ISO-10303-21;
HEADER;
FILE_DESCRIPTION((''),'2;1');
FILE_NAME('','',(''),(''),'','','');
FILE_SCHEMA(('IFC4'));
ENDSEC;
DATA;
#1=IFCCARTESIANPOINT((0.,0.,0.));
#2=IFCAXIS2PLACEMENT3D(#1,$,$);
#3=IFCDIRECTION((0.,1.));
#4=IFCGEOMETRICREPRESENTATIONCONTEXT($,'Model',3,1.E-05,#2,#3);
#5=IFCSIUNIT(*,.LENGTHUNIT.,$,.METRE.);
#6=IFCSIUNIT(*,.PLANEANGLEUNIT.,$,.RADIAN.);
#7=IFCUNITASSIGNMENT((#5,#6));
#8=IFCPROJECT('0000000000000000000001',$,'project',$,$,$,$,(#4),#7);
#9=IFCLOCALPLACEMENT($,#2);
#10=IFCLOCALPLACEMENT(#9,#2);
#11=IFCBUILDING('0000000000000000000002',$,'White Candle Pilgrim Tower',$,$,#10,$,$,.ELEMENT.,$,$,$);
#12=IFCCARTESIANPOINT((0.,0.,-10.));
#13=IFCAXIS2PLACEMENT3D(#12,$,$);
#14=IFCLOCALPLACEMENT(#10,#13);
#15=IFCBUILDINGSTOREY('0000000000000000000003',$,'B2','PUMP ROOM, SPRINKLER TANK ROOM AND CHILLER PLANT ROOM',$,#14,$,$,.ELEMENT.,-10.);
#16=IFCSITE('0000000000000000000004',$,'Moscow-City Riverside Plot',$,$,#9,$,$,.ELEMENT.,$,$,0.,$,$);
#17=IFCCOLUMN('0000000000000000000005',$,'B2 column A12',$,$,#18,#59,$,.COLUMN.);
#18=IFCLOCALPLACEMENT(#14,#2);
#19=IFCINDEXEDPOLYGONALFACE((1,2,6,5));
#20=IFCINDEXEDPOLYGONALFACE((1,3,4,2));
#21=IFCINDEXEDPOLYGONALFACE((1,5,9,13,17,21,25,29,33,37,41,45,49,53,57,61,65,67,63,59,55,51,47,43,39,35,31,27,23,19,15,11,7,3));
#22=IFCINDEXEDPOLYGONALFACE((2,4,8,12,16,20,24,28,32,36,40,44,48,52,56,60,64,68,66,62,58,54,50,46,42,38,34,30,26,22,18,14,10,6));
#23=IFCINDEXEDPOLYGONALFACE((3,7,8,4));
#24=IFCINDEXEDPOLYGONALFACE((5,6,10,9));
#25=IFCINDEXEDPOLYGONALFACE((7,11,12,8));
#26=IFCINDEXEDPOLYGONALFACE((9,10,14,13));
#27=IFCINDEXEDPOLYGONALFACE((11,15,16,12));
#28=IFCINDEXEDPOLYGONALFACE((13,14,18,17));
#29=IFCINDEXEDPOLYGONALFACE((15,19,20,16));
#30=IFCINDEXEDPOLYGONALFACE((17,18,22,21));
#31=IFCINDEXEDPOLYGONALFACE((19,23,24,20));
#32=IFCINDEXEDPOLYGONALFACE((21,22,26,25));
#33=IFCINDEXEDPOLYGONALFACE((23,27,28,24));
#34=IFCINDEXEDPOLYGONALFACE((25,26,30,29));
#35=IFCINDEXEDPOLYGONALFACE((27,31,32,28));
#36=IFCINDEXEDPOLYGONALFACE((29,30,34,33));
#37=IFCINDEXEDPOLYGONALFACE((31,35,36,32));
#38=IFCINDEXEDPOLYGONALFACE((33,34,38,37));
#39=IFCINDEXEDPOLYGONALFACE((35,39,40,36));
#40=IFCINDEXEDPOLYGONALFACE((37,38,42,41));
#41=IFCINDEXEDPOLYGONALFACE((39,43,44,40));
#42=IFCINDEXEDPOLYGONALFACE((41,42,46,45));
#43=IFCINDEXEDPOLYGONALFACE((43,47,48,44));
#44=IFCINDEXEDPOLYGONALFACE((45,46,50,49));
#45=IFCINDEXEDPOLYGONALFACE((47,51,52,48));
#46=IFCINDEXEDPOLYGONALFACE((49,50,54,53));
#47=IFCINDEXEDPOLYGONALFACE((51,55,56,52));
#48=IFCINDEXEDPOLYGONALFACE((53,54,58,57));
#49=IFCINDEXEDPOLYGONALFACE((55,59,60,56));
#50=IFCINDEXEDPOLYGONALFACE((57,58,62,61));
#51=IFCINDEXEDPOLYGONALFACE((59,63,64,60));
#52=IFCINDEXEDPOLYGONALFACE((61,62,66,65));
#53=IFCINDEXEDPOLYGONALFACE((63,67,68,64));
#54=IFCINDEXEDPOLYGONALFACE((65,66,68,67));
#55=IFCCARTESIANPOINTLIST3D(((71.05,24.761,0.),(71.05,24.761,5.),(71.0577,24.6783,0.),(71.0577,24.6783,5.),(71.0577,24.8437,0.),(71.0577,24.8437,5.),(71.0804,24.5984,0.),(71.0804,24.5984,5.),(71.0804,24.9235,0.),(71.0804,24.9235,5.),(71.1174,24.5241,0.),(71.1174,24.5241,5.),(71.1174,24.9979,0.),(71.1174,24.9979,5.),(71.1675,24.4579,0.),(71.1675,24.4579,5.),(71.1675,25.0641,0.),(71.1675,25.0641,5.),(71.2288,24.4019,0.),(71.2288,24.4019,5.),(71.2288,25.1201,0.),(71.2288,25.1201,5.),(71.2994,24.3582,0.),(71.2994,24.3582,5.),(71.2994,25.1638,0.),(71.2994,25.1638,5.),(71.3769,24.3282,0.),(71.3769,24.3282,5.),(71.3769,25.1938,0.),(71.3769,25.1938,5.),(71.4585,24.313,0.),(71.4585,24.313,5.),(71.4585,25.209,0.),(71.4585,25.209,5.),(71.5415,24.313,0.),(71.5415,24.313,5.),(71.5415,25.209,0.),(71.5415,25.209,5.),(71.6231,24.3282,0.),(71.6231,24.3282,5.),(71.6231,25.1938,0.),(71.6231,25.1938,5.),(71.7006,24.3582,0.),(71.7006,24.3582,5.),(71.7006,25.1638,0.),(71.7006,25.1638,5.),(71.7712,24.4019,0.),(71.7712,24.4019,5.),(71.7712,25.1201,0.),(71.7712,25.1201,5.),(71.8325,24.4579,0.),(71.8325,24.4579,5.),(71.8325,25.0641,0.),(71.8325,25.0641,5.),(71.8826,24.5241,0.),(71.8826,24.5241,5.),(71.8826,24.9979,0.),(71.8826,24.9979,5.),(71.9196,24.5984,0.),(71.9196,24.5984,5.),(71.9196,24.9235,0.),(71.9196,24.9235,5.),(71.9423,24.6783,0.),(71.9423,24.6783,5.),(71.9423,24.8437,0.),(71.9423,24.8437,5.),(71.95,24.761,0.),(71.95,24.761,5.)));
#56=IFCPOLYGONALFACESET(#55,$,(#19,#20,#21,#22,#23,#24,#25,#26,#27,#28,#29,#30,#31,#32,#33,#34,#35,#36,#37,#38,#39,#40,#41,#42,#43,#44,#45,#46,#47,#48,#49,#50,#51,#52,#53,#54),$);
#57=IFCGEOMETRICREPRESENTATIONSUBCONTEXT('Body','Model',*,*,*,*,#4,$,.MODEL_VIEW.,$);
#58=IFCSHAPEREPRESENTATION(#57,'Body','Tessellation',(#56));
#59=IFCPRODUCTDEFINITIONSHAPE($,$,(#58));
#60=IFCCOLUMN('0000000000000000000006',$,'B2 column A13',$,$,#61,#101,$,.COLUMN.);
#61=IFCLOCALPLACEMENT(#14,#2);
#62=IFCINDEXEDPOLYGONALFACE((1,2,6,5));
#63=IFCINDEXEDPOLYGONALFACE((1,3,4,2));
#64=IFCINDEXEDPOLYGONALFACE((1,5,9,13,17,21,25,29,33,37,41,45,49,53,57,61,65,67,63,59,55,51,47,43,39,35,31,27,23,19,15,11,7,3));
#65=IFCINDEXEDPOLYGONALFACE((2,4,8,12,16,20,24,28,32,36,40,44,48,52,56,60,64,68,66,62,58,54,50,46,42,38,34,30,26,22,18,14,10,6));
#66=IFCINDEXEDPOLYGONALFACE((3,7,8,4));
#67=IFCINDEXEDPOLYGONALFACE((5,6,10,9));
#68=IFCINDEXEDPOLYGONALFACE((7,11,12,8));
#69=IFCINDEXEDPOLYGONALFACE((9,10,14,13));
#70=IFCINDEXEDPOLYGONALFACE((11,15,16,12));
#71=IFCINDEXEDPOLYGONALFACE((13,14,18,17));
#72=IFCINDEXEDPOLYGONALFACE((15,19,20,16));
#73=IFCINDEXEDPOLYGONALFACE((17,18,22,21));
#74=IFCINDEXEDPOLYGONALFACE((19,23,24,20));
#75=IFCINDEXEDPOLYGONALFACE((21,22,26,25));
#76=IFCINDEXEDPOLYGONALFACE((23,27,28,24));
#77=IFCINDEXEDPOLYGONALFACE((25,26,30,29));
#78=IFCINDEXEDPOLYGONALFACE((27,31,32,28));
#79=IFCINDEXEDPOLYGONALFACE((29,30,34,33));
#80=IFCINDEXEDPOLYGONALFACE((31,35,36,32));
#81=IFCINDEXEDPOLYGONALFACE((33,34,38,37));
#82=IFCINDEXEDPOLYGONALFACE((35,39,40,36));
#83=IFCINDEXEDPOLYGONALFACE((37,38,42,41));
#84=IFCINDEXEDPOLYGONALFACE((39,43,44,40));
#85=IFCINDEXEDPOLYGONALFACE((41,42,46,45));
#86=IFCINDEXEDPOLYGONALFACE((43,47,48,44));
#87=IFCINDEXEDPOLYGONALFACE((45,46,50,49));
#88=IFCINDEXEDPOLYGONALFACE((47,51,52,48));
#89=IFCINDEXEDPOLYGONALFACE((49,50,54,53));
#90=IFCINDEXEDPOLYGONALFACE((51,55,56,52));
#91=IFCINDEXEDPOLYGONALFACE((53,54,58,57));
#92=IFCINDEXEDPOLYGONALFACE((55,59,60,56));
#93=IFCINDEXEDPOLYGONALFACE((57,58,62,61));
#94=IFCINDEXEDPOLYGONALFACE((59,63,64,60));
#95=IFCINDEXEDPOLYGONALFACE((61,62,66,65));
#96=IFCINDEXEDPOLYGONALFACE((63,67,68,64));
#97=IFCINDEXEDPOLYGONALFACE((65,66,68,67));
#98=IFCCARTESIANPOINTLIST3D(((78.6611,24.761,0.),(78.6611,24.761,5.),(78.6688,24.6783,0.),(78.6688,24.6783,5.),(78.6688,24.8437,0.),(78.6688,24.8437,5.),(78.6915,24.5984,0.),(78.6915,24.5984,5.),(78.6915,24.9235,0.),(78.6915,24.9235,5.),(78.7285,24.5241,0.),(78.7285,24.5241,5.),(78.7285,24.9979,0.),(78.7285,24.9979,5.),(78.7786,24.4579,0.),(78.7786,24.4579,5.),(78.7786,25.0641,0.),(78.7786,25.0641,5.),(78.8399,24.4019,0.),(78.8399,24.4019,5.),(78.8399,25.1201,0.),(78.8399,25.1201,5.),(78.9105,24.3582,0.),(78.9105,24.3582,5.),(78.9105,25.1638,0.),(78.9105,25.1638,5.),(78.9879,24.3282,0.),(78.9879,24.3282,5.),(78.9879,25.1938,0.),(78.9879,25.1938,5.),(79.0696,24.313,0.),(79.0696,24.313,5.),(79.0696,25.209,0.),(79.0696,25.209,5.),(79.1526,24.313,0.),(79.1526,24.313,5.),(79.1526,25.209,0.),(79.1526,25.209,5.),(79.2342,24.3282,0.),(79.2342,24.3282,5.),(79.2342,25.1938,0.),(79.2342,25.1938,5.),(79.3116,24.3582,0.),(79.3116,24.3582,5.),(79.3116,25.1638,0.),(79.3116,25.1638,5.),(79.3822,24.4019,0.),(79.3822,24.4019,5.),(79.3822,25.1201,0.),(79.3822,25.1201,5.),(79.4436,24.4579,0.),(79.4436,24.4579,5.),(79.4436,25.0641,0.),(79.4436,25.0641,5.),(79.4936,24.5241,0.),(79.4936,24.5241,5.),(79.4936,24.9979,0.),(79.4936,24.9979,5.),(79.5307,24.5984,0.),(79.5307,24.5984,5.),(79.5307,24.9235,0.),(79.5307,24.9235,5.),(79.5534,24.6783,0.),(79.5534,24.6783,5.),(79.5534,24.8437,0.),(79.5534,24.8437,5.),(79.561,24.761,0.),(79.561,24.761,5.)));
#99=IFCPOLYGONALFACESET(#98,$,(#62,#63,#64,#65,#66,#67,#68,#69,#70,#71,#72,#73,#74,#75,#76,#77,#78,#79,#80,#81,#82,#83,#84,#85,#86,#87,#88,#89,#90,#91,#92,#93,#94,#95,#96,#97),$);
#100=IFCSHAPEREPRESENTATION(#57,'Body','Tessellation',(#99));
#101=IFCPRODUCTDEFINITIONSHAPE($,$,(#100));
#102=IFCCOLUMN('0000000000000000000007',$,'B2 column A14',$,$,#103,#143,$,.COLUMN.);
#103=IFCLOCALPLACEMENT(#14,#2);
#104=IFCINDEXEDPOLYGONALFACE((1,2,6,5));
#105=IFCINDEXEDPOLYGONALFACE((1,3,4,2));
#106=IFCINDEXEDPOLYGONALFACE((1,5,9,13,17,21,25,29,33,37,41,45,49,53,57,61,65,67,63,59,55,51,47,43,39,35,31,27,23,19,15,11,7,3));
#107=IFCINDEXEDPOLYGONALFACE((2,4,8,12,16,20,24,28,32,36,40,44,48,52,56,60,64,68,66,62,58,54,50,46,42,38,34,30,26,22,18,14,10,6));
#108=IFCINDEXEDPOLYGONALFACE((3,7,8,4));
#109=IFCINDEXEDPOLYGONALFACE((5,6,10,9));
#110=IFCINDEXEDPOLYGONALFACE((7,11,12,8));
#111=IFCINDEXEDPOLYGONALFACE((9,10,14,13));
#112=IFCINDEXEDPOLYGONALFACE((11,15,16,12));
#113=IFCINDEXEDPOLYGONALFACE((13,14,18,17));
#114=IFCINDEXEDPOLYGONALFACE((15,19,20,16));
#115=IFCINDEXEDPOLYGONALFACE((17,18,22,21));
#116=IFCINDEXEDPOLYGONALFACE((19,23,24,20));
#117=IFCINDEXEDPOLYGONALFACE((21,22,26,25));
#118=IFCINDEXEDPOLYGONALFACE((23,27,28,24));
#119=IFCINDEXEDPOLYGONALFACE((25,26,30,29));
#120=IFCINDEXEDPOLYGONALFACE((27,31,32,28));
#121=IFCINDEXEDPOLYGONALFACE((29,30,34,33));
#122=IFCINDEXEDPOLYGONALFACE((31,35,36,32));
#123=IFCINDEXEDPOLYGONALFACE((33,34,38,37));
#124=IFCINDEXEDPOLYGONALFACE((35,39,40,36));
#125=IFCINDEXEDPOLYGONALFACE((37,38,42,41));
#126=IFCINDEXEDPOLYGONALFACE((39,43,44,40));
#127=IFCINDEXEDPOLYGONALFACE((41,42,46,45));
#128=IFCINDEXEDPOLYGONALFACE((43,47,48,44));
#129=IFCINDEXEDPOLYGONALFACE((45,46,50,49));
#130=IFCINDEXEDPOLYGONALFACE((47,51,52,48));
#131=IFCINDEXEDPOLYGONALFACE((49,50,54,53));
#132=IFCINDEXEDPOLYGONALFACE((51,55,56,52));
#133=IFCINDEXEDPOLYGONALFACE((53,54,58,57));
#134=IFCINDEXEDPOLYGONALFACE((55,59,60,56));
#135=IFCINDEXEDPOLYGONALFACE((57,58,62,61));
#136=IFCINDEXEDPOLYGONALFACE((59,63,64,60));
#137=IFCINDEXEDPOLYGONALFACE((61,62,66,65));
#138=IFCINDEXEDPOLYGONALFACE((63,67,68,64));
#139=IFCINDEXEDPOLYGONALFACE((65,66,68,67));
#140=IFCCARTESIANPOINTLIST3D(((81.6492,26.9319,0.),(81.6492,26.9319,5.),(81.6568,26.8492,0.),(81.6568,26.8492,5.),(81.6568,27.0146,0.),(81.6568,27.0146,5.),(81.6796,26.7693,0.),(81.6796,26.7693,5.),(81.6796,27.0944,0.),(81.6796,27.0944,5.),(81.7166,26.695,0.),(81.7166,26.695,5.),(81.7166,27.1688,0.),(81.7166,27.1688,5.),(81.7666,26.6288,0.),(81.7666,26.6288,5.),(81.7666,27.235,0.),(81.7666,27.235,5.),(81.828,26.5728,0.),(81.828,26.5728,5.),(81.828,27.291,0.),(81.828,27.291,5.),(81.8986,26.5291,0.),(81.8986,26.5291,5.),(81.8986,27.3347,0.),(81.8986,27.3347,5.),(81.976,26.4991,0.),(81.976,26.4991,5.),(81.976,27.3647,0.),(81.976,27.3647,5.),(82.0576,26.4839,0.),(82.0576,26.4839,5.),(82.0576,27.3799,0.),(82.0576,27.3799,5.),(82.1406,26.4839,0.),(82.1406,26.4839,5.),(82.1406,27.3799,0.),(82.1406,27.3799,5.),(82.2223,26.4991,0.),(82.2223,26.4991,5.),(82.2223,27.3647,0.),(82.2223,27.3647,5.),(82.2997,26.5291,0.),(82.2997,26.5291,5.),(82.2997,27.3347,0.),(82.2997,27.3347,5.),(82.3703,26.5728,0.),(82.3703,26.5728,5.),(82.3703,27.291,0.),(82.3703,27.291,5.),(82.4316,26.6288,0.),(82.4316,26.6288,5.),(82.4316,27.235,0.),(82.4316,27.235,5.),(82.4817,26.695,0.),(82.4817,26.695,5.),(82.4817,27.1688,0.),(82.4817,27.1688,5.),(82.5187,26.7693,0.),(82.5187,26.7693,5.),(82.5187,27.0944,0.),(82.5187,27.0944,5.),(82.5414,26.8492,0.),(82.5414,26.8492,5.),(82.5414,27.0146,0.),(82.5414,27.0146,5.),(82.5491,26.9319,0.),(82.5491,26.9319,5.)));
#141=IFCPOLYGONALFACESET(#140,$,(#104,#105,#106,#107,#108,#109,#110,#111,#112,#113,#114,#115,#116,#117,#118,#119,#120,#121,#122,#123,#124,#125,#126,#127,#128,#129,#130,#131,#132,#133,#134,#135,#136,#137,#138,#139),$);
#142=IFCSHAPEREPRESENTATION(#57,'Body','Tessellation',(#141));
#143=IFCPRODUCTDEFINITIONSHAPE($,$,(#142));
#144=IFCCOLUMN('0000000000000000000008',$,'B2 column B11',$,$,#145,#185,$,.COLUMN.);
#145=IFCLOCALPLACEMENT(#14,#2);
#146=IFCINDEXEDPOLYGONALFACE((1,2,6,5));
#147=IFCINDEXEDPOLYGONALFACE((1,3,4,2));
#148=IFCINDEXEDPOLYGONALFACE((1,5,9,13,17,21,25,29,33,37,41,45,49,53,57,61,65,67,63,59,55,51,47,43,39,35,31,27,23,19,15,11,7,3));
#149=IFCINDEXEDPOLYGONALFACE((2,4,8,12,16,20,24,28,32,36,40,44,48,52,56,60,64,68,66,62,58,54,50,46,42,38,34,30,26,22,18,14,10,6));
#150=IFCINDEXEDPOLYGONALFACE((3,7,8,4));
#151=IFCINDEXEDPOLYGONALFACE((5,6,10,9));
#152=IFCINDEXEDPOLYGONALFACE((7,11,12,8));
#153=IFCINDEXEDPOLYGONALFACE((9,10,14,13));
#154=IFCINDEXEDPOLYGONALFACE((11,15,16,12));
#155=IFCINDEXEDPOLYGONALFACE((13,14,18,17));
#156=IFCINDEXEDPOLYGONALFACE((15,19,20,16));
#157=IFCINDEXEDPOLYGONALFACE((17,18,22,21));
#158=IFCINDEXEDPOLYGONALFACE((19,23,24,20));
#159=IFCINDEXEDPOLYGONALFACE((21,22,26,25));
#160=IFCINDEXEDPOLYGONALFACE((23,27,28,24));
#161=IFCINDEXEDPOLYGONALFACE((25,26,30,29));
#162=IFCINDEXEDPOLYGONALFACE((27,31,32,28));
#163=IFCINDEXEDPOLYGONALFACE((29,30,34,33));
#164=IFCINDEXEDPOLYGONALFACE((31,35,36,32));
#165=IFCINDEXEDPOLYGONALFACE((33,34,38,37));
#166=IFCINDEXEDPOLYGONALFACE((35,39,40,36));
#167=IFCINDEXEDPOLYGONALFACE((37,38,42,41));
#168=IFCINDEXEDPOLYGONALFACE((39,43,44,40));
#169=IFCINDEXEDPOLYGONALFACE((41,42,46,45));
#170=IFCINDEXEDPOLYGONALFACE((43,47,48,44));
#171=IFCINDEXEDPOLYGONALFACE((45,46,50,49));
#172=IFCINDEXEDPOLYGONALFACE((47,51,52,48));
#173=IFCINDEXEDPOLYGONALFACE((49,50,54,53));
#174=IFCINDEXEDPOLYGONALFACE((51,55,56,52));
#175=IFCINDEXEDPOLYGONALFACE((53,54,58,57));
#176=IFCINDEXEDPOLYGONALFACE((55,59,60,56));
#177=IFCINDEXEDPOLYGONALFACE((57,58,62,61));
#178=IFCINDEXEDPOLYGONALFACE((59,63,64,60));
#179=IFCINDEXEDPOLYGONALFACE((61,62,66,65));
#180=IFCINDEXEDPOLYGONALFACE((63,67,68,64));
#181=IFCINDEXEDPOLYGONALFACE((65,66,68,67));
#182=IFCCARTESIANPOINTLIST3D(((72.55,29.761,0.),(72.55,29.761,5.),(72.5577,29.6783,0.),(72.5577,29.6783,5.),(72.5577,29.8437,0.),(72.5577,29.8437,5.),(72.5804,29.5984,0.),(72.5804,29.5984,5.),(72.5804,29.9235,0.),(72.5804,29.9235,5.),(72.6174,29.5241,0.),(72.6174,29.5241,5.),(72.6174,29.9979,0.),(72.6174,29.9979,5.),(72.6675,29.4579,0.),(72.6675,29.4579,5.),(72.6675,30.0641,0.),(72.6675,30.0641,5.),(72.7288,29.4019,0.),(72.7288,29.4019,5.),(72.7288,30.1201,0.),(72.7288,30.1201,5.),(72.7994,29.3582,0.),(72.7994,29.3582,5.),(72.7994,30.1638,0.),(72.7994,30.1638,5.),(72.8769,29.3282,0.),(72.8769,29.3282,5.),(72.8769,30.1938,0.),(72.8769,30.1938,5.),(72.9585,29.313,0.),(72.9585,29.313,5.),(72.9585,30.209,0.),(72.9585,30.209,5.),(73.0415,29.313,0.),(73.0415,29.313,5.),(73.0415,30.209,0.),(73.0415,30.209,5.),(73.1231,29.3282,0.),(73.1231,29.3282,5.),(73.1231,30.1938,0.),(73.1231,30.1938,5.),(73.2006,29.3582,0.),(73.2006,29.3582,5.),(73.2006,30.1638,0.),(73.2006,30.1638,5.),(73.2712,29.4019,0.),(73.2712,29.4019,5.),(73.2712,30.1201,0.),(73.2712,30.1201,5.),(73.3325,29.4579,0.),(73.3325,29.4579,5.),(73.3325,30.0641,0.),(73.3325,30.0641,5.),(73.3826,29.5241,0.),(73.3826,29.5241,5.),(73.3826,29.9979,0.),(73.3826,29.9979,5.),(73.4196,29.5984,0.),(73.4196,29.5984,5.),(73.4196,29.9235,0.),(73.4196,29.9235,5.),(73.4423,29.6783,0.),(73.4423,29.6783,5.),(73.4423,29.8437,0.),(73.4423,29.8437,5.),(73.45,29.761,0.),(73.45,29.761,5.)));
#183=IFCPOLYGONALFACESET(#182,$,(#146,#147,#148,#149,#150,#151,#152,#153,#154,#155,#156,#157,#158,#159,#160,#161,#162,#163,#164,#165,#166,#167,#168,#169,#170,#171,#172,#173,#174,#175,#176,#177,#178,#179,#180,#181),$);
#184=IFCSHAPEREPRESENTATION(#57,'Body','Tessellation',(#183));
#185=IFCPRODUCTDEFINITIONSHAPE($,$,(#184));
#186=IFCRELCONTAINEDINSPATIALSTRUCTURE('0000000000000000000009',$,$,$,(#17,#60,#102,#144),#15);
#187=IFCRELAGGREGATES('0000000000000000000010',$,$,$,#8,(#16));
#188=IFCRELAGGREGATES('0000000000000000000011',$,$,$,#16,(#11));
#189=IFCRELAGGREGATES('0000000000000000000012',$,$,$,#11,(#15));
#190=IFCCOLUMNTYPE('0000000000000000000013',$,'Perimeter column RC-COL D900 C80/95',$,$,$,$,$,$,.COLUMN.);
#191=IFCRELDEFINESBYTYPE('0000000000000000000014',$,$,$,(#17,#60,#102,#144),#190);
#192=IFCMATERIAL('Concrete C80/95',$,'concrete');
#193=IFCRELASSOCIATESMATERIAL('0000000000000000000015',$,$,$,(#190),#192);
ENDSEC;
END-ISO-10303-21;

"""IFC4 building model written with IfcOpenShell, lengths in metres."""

from ifc_helpers import new_model, si_unit, direction, frame, origin, origin_2d, place, context, subcontext, project, spatial, circle, extrude, material, material_profile, profile_set, type_object, element, save


model = new_model("IFC4")

# Units and contexts
model_context = context("Model", 3, precision=1e-05, world=origin(), true_north=direction((0.0, 1.0)))
body_context = subcontext(model_context, "Body", "Model", "MODEL_VIEW")
ifc_project = project(units=[si_unit("LENGTHUNIT", "METRE"), si_unit("PLANEANGLEUNIT", "RADIAN")], contexts=[model_context])

# Site, building, storey
site_placement = place(None, origin())
site = spatial("IfcSite", under=ifc_project, at=site_placement, Name="Moscow-City Riverside Plot", CompositionType="ELEMENT", RefElevation=0.0)
building_placement = place(site_placement, origin())
building = spatial("IfcBuilding", under=site, at=building_placement, Name="White Candle Pilgrim Tower", CompositionType="ELEMENT")
storey_placement = place(building_placement, frame((0.0, 0.0, -10.0)))
storey = spatial("IfcBuildingStorey", under=building, at=storey_placement, Name="B2", Description="PUMP ROOM, SPRINKLER TANK ROOM AND CHILLER PLANT ROOM", CompositionType="ELEMENT", Elevation=-10.0)

# Columns
ifc_material_1 = material(Name="Concrete C80/95", Category="concrete")
ifc_material_profile_1 = material_profile(ifc_material_1, circle(Radius=0.45, at=origin_2d()), Name="RC-COL D900")
ifc_profile_set_1 = profile_set([ifc_material_profile_1], Name="Concrete C80/95")
column_type = type_object("IfcColumnType", Name="Perimeter column RC-COL D900 C80/95", PredefinedType="COLUMN", material=ifc_profile_set_1)
for number, where, z_axis, x_axis, name in (
    (1, (71.5, 24.761, 0.0), (0.0, 0.0, 1.0), (1.0, 0.0, 0.0), "B2 column A12"),
    (2, (79.1111, 24.761, 0.0), (0.0, 0.0, 1.0), (1.0, 0.0, 0.0), "B2 column A13"),
    (3, (82.0991, 26.9319, 0.0), (0.0, 0.0, 1.0), (1.0, 0.0, 0.0), "B2 column A14"),
    (4, (73.0, 29.761, 0.0), (0.0, 0.0, 1.0), (1.0, 0.0, 0.0), "B2 column B11"),
):
    element("IfcColumn", number, at=place(storey_placement, frame(where, z_axis=z_axis, x_axis=x_axis)), inside=storey, type_object=column_type, Name=name, PredefinedType="COLUMN", context=body_context, shape_type="SweptSolid", body=[
        extrude(circle(Radius=0.45, at=origin_2d()), origin(), (0.0, 0.0, 1.0), 5.0),
    ])

save(model, "model.ifc")
